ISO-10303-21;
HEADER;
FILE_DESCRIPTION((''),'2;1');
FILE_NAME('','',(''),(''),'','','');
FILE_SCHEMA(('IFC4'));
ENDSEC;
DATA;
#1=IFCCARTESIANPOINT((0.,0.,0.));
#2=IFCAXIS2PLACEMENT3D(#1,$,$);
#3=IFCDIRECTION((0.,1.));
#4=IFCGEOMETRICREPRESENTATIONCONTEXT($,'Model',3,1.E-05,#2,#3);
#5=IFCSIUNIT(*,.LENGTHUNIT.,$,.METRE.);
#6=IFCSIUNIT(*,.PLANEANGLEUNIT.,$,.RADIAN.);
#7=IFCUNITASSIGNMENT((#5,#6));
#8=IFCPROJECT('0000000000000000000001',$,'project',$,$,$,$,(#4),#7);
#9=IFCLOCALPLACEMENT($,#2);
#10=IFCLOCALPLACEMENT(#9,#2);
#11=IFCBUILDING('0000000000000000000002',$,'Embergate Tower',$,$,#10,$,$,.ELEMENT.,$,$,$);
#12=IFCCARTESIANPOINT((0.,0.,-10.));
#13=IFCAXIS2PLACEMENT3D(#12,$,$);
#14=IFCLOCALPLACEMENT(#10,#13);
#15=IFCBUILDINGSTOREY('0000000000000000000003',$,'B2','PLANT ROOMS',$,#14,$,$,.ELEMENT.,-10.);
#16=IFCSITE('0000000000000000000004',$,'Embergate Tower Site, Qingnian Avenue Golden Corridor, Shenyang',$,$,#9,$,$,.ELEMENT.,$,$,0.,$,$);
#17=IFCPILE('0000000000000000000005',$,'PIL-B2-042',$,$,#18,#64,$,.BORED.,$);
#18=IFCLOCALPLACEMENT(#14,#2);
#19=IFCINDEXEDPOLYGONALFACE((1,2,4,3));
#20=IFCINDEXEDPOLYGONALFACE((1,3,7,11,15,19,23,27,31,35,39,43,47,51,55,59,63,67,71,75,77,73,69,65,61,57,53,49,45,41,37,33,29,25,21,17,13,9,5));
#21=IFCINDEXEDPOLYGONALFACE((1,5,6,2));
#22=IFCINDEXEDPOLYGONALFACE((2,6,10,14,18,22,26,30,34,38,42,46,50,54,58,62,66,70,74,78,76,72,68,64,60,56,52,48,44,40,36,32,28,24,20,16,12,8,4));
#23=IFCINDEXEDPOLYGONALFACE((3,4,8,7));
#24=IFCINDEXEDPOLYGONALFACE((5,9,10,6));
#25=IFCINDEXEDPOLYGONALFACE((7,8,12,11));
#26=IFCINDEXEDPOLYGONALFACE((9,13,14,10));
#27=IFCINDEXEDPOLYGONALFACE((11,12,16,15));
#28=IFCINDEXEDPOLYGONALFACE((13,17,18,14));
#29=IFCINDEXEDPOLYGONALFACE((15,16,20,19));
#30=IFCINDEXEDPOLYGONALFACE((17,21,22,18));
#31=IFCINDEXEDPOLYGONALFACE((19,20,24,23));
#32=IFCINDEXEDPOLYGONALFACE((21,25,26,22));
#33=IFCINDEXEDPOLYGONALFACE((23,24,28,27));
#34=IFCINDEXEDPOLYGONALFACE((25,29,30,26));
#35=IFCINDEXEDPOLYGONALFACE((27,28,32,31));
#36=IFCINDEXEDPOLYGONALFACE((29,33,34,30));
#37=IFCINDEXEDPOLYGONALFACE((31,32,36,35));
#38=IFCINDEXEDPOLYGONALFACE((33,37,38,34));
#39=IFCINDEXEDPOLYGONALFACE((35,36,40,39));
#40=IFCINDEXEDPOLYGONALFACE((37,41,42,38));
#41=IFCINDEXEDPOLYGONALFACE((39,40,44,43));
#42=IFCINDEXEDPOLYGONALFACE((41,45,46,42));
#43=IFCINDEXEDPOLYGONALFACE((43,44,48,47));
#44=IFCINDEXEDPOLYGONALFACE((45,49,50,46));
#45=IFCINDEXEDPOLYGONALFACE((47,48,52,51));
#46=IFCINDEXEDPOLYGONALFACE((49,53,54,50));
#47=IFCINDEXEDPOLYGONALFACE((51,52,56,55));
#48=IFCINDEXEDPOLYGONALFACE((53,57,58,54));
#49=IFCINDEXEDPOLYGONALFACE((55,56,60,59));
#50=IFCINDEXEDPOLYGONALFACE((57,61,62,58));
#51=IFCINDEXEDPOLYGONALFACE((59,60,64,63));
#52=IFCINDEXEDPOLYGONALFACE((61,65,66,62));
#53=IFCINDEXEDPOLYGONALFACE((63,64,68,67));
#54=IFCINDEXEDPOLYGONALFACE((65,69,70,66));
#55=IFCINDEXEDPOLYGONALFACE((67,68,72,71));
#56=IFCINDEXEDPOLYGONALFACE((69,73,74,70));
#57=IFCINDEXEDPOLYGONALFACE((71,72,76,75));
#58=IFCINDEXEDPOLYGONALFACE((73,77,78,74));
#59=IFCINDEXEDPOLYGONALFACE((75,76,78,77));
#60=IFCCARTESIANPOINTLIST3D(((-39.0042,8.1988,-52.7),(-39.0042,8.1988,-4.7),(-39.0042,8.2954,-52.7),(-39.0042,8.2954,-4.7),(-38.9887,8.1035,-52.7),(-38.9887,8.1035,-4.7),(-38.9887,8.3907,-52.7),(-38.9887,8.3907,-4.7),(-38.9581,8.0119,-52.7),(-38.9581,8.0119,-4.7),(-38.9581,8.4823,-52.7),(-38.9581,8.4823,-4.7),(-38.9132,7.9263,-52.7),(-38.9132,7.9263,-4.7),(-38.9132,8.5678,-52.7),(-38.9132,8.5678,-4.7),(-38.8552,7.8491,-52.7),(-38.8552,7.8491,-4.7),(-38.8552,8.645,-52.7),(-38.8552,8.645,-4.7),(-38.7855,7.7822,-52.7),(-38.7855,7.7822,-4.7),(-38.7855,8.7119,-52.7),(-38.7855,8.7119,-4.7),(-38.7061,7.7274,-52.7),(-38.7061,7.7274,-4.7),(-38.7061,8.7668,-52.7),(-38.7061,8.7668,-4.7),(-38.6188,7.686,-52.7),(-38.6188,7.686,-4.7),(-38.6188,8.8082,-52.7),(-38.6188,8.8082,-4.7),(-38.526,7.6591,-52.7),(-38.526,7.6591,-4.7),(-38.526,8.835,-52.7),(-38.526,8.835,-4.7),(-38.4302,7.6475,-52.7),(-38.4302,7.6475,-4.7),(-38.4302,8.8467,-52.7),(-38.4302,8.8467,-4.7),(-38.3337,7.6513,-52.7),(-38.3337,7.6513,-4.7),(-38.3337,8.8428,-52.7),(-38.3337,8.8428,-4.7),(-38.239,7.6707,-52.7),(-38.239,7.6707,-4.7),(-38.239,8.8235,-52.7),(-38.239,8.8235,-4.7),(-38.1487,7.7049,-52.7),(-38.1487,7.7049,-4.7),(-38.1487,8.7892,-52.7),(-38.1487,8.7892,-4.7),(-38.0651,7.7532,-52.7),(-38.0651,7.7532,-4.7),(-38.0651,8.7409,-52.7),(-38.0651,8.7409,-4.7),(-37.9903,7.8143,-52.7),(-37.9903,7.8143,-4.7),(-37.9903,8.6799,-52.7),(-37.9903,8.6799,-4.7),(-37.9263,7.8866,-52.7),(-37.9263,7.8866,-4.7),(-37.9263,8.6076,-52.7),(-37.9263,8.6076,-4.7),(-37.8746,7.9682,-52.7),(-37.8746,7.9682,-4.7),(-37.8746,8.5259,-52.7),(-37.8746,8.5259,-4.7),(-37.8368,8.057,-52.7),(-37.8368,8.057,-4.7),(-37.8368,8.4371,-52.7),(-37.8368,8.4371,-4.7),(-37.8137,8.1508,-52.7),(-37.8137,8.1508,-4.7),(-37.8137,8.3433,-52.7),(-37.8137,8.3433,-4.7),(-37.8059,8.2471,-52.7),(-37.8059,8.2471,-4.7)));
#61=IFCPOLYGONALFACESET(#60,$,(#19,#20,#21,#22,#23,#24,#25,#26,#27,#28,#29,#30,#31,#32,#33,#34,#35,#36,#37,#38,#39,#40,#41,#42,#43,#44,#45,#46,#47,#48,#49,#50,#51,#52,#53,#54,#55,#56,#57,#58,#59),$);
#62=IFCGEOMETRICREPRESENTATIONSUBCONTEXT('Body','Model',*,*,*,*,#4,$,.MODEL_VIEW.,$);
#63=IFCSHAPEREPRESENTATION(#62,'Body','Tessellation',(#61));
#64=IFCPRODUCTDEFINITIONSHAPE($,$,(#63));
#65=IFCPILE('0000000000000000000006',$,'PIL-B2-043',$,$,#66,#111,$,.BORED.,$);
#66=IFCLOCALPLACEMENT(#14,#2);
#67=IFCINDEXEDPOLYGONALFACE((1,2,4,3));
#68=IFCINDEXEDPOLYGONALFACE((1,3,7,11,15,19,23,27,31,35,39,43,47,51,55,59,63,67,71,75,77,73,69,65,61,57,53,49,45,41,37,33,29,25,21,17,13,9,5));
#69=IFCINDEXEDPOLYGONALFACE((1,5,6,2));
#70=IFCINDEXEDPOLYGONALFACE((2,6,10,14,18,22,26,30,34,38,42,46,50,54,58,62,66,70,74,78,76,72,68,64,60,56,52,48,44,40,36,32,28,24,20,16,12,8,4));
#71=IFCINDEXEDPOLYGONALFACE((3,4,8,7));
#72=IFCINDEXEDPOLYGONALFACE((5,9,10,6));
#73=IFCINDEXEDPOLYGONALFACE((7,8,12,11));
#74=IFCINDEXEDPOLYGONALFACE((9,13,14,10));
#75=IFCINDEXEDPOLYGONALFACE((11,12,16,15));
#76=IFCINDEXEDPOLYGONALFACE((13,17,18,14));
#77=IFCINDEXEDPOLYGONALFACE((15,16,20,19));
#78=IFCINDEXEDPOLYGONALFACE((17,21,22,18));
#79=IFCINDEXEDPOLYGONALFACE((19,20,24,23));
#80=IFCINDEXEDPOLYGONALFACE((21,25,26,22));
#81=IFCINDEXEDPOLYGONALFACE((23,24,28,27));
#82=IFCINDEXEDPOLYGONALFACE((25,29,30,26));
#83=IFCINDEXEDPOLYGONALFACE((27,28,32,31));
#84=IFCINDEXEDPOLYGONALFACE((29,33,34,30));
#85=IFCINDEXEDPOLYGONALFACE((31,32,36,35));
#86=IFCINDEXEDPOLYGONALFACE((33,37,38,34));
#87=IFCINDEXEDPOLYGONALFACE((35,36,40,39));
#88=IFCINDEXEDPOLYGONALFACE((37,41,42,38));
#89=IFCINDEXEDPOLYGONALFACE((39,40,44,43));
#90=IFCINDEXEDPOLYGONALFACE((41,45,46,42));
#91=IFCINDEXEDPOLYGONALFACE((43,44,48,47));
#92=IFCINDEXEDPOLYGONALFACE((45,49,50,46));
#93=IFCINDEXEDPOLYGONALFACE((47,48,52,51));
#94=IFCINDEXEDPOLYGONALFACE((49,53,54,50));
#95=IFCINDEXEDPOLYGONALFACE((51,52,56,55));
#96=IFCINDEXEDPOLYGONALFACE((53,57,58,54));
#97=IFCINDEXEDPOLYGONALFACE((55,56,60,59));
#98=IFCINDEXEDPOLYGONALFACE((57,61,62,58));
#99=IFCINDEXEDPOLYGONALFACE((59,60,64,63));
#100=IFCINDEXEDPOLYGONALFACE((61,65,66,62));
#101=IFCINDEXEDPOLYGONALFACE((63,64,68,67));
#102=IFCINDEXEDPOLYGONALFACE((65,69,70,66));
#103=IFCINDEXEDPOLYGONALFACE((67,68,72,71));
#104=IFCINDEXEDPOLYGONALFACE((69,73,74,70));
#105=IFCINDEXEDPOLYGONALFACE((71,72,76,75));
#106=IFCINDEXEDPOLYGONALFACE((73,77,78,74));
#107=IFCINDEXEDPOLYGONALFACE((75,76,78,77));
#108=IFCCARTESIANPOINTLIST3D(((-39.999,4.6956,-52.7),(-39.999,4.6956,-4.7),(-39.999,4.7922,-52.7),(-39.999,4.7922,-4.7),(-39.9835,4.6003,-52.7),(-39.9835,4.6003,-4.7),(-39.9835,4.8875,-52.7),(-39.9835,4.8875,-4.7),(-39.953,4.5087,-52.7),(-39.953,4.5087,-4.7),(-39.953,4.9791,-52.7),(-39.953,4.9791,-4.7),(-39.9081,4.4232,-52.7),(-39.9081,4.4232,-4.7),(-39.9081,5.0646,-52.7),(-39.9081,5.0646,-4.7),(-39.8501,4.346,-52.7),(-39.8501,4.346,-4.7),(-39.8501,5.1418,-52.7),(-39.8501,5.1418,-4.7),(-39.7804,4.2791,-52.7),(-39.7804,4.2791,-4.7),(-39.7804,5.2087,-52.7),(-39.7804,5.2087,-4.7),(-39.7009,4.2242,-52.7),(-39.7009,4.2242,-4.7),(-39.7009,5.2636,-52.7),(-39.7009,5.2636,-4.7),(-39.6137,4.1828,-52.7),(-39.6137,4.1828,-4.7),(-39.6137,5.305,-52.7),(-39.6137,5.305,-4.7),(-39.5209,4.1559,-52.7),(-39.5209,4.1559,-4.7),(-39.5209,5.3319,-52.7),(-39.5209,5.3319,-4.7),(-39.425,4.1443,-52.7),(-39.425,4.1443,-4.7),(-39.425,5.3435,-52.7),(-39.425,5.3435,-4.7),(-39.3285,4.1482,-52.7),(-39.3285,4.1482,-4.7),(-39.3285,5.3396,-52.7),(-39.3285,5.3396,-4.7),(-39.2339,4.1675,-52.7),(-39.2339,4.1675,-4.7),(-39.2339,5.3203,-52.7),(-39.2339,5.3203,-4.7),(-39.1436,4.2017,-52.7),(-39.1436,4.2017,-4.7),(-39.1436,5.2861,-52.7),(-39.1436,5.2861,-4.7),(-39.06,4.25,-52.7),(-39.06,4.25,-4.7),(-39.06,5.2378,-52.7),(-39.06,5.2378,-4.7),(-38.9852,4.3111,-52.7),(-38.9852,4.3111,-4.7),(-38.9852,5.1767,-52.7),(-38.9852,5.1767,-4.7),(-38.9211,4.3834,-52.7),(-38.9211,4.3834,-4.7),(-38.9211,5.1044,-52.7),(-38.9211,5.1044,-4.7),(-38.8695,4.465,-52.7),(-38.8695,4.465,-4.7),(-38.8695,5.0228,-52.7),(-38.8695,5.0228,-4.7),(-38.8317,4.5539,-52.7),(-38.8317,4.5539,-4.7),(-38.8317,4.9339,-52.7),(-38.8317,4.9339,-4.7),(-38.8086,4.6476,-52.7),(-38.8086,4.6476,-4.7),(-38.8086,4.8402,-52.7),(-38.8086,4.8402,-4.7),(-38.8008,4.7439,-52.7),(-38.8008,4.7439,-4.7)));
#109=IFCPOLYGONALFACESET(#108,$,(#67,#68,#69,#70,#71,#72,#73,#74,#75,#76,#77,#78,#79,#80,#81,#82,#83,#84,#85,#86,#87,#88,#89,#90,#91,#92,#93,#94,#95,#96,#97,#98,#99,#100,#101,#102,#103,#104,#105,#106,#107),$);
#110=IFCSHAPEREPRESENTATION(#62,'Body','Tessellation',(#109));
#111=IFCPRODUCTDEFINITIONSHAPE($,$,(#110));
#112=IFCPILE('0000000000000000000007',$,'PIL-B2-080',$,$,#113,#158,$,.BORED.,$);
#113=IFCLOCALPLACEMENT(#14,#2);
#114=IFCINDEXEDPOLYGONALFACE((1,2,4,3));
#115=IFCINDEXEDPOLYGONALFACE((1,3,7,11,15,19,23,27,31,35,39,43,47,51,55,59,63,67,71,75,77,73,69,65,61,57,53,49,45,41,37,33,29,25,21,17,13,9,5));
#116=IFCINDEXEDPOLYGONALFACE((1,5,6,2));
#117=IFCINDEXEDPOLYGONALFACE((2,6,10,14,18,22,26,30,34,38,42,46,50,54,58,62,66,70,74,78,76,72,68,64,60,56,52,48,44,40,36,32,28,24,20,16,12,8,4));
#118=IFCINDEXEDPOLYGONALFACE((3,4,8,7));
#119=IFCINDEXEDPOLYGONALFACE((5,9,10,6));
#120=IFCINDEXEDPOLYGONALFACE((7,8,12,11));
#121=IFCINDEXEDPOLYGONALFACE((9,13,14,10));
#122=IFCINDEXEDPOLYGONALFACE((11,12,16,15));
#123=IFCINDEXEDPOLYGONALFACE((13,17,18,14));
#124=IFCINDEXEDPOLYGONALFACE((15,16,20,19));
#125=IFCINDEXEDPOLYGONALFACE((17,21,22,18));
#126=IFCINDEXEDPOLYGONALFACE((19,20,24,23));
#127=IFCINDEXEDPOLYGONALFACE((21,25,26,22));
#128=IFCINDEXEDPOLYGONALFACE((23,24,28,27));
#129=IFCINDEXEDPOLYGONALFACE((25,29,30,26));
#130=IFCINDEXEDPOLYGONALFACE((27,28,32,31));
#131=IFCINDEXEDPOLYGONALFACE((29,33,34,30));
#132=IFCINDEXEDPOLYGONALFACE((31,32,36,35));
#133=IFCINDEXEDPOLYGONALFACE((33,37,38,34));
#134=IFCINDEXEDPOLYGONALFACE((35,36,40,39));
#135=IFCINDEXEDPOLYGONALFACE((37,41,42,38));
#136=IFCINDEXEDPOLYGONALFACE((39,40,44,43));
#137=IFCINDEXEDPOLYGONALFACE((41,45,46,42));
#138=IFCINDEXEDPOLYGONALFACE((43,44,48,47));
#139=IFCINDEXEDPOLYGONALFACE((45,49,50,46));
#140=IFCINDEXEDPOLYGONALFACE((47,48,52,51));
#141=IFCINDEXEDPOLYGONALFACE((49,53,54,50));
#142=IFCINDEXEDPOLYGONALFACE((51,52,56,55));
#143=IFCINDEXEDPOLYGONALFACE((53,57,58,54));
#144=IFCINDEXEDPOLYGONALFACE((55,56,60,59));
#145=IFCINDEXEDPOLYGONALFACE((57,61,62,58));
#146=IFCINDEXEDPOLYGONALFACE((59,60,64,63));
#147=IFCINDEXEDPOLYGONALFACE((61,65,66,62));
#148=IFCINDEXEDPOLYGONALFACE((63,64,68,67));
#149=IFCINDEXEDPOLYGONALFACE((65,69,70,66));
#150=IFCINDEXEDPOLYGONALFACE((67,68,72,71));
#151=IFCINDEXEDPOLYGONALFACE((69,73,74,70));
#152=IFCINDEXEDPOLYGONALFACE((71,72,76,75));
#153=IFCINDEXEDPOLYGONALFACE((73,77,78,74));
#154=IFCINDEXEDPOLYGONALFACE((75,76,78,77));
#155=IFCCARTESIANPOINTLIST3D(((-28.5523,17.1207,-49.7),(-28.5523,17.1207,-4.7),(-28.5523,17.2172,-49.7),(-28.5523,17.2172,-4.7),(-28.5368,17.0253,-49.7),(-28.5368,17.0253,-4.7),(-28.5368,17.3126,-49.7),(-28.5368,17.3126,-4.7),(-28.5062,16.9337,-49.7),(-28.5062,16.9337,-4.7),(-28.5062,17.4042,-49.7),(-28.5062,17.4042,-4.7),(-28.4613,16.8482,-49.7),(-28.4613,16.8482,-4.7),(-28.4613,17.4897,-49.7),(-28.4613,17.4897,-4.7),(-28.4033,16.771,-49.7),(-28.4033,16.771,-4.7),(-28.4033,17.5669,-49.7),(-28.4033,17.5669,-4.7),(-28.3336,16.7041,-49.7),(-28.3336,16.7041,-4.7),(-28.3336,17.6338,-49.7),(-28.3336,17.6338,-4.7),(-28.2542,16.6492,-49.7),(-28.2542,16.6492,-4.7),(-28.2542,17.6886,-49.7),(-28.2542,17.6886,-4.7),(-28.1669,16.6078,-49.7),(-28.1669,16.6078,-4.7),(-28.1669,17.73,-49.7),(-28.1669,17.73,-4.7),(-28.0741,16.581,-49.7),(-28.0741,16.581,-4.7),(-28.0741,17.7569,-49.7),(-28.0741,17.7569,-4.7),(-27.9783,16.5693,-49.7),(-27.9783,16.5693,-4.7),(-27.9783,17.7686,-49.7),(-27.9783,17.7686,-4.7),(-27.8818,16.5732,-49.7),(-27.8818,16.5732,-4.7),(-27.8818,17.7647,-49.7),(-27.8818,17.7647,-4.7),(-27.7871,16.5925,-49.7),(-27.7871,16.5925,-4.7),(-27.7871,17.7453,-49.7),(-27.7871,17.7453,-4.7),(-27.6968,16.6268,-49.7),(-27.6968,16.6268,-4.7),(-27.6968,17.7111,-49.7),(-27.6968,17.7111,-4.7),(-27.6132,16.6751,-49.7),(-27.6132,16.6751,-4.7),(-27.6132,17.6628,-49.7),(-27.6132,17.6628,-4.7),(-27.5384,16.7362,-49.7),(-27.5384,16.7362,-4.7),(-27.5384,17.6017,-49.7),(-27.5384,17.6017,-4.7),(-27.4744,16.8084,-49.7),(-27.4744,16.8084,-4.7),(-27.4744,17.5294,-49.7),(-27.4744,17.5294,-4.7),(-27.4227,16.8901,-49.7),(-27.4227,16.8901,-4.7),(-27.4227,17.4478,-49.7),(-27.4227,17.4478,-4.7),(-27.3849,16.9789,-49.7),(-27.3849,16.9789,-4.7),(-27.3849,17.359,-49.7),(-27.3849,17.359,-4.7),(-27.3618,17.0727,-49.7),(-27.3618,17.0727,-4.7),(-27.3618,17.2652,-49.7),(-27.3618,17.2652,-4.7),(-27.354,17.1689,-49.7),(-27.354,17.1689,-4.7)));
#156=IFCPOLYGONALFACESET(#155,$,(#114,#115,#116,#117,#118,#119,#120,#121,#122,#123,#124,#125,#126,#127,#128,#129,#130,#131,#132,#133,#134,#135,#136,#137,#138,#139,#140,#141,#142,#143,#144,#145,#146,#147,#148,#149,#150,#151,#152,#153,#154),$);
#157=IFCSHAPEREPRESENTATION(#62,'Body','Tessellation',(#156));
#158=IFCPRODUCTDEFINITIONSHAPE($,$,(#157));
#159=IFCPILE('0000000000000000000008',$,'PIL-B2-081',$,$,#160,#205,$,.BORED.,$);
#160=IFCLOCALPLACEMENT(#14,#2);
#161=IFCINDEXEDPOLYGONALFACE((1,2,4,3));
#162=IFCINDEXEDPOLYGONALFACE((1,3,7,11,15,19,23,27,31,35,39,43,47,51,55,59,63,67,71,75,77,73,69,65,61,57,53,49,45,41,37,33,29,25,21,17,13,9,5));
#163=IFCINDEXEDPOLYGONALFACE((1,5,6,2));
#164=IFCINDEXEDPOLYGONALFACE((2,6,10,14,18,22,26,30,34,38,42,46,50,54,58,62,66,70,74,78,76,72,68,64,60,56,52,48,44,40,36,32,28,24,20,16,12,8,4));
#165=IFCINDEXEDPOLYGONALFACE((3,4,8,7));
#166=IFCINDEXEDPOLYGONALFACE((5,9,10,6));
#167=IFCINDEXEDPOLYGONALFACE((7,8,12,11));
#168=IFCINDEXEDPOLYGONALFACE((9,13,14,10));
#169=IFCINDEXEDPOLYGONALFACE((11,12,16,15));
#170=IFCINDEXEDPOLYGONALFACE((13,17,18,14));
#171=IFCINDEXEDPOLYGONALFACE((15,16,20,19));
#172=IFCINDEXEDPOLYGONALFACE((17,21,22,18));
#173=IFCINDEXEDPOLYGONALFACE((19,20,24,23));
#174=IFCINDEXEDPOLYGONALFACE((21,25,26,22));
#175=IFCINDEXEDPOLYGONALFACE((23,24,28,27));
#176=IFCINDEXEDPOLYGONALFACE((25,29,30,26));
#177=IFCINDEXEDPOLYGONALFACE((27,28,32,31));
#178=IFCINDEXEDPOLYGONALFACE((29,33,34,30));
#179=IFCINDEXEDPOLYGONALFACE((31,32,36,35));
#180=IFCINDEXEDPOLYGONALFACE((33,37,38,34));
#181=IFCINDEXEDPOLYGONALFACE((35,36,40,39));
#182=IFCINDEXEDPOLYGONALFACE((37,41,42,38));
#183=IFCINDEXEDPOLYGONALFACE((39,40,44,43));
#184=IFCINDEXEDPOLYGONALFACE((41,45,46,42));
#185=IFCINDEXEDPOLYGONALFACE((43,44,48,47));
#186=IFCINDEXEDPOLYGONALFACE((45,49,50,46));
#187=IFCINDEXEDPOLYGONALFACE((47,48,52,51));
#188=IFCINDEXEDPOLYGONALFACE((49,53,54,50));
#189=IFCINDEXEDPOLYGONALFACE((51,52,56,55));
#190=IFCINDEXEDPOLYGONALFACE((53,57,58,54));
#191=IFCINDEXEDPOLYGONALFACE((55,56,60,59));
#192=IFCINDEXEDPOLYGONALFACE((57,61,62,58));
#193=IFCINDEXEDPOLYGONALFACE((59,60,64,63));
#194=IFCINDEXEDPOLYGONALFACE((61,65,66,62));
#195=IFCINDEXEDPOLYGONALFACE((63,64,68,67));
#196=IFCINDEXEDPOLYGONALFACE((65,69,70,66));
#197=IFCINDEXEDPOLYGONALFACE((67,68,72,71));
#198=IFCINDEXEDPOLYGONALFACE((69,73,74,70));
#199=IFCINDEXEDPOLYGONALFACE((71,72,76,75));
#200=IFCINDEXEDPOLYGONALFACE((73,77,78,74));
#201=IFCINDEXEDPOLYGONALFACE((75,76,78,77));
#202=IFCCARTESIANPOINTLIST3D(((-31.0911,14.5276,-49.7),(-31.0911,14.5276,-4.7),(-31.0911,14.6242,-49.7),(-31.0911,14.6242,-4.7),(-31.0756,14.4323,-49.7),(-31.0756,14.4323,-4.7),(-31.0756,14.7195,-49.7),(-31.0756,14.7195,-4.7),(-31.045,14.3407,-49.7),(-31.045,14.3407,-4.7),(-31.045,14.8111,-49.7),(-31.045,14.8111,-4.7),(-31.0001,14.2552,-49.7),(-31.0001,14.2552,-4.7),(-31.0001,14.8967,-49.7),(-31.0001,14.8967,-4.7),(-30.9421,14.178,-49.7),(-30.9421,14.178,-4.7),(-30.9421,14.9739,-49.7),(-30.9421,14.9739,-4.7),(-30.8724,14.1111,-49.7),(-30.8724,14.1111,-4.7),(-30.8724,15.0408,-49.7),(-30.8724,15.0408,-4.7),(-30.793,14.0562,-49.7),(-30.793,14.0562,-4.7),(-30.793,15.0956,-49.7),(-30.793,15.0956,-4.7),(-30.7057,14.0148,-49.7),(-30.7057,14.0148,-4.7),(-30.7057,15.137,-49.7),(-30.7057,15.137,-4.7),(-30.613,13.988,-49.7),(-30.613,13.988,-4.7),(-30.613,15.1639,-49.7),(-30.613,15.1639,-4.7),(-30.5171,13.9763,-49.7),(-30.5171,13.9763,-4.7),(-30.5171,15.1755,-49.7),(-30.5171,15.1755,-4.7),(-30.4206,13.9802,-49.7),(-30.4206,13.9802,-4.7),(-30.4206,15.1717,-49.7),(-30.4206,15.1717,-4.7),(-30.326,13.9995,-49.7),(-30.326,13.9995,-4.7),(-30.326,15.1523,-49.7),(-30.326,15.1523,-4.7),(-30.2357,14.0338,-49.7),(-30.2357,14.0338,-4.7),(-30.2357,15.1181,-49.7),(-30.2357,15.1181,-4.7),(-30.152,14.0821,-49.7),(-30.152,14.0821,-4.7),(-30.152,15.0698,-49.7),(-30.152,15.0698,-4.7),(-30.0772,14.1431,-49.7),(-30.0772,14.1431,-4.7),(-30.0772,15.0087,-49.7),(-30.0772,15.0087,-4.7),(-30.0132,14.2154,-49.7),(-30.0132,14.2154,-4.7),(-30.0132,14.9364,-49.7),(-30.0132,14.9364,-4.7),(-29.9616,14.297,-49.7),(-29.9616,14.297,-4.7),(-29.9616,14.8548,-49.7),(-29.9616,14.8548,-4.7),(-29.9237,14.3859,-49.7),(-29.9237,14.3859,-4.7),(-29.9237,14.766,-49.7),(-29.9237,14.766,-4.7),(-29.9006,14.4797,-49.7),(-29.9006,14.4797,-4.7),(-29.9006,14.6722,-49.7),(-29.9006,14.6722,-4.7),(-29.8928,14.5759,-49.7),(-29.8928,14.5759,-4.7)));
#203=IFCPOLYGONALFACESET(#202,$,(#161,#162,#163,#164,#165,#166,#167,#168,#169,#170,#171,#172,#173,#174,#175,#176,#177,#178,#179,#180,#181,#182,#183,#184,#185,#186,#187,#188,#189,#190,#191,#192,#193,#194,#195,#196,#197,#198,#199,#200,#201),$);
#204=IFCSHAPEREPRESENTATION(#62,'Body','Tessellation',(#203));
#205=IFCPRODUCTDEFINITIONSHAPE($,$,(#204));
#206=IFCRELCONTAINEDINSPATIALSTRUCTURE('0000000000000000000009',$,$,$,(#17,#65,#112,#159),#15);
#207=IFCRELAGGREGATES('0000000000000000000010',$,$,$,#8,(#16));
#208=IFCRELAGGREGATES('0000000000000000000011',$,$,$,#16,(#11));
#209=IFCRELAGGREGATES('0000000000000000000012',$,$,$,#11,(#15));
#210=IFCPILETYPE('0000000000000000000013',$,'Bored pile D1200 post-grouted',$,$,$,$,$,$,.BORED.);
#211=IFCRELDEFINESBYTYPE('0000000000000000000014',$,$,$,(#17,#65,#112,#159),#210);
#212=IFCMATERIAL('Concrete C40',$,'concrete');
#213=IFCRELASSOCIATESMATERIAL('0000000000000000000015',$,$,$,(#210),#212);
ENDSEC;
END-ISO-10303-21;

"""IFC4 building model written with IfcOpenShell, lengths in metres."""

from ifc_helpers import new_model, si_unit, direction, frame, origin, origin_2d, place, context, subcontext, project, spatial, circle, extrude, source, transform, mapped, material, material_profile, profile_set, type_object, element, save


model = new_model("IFC4")

# Units and contexts
model_context = context("Model", 3, precision=1e-05, world=origin(), true_north=direction((0.0, 1.0)))
body_context = subcontext(model_context, "Body", "Model", "MODEL_VIEW")
ifc_project = project(units=[si_unit("LENGTHUNIT", "METRE"), si_unit("PLANEANGLEUNIT", "RADIAN")], contexts=[model_context])

# Site, building, storey
site_placement = place(None, origin())
site = spatial("IfcSite", under=ifc_project, at=site_placement, Name="Embergate Tower Site, Qingnian Avenue Golden Corridor, Shenyang", CompositionType="ELEMENT", RefElevation=0.0)
building_placement = place(site_placement, origin())
building = spatial("IfcBuilding", under=site, at=building_placement, Name="Embergate Tower", CompositionType="ELEMENT")
storey_placement = place(building_placement, frame((0.0, 0.0, -10.0)))
storey = spatial("IfcBuildingStorey", under=building, at=storey_placement, Name="B2", Description="PLANT ROOMS", CompositionType="ELEMENT", Elevation=-10.0)

# Piles
ifc_material_1 = material(Name="Concrete C40", Category="concrete")
ifc_material_profile_1 = material_profile(ifc_material_1, circle(Radius=0.6001, at=origin_2d()), Name="D1200")
ifc_profile_set_1 = profile_set([ifc_material_profile_1], Name="Concrete C40")
pile_type = type_object("IfcPileType", Name="Bored pile D1200 post-grouted", PredefinedType="BORED", material=ifc_profile_set_1)
shared_shape_1 = source(origin(), body_context, "Body", "SweptSolid", [
    extrude(circle(Radius=0.6001, at=origin_2d()), origin(), (0.0, 0.0, 1.0), 48.0),
])
for number, where, z_axis, x_axis, name in (
    (1, (-38.406, 8.2471, -4.7), (0.0, 0.0, -1.0), (1.0, 0.0, 0.0), "PIL-B2-042"),
    (2, (-39.4009, 4.7439, -4.7), (0.0, 0.0, -1.0), (1.0, 0.0, 0.0), "PIL-B2-043"),
):
    element("IfcPile", number, at=place(storey_placement, frame(where, z_axis=z_axis, x_axis=x_axis)), inside=storey, type_object=pile_type, Name=name, PredefinedType="BORED", context=body_context, shape_type="MappedRepresentation", body=[
        mapped(shared_shape_1, transform((0.0, 0.0, 0.0))),
    ])
shared_shape_2 = source(origin(), body_context, "Body", "SweptSolid", [
    extrude(circle(Radius=0.6001, at=origin_2d()), origin(), (0.0, 0.0, 1.0), 45.0),
])
for number, where, z_axis, x_axis, name in (
    (3, (-27.9541, 17.1689, -4.7), (0.0, 0.0, -1.0), (1.0, 0.0, 0.0), "PIL-B2-080"),
    (4, (-30.4929, 14.5759, -4.7), (0.0, 0.0, -1.0), (1.0, 0.0, 0.0), "PIL-B2-081"),
):
    element("IfcPile", number, at=place(storey_placement, frame(where, z_axis=z_axis, x_axis=x_axis)), inside=storey, type_object=pile_type, Name=name, PredefinedType="BORED", context=body_context, shape_type="MappedRepresentation", body=[
        mapped(shared_shape_2, transform((0.0, 0.0, 0.0))),
    ])

save(model, "model.ifc")
